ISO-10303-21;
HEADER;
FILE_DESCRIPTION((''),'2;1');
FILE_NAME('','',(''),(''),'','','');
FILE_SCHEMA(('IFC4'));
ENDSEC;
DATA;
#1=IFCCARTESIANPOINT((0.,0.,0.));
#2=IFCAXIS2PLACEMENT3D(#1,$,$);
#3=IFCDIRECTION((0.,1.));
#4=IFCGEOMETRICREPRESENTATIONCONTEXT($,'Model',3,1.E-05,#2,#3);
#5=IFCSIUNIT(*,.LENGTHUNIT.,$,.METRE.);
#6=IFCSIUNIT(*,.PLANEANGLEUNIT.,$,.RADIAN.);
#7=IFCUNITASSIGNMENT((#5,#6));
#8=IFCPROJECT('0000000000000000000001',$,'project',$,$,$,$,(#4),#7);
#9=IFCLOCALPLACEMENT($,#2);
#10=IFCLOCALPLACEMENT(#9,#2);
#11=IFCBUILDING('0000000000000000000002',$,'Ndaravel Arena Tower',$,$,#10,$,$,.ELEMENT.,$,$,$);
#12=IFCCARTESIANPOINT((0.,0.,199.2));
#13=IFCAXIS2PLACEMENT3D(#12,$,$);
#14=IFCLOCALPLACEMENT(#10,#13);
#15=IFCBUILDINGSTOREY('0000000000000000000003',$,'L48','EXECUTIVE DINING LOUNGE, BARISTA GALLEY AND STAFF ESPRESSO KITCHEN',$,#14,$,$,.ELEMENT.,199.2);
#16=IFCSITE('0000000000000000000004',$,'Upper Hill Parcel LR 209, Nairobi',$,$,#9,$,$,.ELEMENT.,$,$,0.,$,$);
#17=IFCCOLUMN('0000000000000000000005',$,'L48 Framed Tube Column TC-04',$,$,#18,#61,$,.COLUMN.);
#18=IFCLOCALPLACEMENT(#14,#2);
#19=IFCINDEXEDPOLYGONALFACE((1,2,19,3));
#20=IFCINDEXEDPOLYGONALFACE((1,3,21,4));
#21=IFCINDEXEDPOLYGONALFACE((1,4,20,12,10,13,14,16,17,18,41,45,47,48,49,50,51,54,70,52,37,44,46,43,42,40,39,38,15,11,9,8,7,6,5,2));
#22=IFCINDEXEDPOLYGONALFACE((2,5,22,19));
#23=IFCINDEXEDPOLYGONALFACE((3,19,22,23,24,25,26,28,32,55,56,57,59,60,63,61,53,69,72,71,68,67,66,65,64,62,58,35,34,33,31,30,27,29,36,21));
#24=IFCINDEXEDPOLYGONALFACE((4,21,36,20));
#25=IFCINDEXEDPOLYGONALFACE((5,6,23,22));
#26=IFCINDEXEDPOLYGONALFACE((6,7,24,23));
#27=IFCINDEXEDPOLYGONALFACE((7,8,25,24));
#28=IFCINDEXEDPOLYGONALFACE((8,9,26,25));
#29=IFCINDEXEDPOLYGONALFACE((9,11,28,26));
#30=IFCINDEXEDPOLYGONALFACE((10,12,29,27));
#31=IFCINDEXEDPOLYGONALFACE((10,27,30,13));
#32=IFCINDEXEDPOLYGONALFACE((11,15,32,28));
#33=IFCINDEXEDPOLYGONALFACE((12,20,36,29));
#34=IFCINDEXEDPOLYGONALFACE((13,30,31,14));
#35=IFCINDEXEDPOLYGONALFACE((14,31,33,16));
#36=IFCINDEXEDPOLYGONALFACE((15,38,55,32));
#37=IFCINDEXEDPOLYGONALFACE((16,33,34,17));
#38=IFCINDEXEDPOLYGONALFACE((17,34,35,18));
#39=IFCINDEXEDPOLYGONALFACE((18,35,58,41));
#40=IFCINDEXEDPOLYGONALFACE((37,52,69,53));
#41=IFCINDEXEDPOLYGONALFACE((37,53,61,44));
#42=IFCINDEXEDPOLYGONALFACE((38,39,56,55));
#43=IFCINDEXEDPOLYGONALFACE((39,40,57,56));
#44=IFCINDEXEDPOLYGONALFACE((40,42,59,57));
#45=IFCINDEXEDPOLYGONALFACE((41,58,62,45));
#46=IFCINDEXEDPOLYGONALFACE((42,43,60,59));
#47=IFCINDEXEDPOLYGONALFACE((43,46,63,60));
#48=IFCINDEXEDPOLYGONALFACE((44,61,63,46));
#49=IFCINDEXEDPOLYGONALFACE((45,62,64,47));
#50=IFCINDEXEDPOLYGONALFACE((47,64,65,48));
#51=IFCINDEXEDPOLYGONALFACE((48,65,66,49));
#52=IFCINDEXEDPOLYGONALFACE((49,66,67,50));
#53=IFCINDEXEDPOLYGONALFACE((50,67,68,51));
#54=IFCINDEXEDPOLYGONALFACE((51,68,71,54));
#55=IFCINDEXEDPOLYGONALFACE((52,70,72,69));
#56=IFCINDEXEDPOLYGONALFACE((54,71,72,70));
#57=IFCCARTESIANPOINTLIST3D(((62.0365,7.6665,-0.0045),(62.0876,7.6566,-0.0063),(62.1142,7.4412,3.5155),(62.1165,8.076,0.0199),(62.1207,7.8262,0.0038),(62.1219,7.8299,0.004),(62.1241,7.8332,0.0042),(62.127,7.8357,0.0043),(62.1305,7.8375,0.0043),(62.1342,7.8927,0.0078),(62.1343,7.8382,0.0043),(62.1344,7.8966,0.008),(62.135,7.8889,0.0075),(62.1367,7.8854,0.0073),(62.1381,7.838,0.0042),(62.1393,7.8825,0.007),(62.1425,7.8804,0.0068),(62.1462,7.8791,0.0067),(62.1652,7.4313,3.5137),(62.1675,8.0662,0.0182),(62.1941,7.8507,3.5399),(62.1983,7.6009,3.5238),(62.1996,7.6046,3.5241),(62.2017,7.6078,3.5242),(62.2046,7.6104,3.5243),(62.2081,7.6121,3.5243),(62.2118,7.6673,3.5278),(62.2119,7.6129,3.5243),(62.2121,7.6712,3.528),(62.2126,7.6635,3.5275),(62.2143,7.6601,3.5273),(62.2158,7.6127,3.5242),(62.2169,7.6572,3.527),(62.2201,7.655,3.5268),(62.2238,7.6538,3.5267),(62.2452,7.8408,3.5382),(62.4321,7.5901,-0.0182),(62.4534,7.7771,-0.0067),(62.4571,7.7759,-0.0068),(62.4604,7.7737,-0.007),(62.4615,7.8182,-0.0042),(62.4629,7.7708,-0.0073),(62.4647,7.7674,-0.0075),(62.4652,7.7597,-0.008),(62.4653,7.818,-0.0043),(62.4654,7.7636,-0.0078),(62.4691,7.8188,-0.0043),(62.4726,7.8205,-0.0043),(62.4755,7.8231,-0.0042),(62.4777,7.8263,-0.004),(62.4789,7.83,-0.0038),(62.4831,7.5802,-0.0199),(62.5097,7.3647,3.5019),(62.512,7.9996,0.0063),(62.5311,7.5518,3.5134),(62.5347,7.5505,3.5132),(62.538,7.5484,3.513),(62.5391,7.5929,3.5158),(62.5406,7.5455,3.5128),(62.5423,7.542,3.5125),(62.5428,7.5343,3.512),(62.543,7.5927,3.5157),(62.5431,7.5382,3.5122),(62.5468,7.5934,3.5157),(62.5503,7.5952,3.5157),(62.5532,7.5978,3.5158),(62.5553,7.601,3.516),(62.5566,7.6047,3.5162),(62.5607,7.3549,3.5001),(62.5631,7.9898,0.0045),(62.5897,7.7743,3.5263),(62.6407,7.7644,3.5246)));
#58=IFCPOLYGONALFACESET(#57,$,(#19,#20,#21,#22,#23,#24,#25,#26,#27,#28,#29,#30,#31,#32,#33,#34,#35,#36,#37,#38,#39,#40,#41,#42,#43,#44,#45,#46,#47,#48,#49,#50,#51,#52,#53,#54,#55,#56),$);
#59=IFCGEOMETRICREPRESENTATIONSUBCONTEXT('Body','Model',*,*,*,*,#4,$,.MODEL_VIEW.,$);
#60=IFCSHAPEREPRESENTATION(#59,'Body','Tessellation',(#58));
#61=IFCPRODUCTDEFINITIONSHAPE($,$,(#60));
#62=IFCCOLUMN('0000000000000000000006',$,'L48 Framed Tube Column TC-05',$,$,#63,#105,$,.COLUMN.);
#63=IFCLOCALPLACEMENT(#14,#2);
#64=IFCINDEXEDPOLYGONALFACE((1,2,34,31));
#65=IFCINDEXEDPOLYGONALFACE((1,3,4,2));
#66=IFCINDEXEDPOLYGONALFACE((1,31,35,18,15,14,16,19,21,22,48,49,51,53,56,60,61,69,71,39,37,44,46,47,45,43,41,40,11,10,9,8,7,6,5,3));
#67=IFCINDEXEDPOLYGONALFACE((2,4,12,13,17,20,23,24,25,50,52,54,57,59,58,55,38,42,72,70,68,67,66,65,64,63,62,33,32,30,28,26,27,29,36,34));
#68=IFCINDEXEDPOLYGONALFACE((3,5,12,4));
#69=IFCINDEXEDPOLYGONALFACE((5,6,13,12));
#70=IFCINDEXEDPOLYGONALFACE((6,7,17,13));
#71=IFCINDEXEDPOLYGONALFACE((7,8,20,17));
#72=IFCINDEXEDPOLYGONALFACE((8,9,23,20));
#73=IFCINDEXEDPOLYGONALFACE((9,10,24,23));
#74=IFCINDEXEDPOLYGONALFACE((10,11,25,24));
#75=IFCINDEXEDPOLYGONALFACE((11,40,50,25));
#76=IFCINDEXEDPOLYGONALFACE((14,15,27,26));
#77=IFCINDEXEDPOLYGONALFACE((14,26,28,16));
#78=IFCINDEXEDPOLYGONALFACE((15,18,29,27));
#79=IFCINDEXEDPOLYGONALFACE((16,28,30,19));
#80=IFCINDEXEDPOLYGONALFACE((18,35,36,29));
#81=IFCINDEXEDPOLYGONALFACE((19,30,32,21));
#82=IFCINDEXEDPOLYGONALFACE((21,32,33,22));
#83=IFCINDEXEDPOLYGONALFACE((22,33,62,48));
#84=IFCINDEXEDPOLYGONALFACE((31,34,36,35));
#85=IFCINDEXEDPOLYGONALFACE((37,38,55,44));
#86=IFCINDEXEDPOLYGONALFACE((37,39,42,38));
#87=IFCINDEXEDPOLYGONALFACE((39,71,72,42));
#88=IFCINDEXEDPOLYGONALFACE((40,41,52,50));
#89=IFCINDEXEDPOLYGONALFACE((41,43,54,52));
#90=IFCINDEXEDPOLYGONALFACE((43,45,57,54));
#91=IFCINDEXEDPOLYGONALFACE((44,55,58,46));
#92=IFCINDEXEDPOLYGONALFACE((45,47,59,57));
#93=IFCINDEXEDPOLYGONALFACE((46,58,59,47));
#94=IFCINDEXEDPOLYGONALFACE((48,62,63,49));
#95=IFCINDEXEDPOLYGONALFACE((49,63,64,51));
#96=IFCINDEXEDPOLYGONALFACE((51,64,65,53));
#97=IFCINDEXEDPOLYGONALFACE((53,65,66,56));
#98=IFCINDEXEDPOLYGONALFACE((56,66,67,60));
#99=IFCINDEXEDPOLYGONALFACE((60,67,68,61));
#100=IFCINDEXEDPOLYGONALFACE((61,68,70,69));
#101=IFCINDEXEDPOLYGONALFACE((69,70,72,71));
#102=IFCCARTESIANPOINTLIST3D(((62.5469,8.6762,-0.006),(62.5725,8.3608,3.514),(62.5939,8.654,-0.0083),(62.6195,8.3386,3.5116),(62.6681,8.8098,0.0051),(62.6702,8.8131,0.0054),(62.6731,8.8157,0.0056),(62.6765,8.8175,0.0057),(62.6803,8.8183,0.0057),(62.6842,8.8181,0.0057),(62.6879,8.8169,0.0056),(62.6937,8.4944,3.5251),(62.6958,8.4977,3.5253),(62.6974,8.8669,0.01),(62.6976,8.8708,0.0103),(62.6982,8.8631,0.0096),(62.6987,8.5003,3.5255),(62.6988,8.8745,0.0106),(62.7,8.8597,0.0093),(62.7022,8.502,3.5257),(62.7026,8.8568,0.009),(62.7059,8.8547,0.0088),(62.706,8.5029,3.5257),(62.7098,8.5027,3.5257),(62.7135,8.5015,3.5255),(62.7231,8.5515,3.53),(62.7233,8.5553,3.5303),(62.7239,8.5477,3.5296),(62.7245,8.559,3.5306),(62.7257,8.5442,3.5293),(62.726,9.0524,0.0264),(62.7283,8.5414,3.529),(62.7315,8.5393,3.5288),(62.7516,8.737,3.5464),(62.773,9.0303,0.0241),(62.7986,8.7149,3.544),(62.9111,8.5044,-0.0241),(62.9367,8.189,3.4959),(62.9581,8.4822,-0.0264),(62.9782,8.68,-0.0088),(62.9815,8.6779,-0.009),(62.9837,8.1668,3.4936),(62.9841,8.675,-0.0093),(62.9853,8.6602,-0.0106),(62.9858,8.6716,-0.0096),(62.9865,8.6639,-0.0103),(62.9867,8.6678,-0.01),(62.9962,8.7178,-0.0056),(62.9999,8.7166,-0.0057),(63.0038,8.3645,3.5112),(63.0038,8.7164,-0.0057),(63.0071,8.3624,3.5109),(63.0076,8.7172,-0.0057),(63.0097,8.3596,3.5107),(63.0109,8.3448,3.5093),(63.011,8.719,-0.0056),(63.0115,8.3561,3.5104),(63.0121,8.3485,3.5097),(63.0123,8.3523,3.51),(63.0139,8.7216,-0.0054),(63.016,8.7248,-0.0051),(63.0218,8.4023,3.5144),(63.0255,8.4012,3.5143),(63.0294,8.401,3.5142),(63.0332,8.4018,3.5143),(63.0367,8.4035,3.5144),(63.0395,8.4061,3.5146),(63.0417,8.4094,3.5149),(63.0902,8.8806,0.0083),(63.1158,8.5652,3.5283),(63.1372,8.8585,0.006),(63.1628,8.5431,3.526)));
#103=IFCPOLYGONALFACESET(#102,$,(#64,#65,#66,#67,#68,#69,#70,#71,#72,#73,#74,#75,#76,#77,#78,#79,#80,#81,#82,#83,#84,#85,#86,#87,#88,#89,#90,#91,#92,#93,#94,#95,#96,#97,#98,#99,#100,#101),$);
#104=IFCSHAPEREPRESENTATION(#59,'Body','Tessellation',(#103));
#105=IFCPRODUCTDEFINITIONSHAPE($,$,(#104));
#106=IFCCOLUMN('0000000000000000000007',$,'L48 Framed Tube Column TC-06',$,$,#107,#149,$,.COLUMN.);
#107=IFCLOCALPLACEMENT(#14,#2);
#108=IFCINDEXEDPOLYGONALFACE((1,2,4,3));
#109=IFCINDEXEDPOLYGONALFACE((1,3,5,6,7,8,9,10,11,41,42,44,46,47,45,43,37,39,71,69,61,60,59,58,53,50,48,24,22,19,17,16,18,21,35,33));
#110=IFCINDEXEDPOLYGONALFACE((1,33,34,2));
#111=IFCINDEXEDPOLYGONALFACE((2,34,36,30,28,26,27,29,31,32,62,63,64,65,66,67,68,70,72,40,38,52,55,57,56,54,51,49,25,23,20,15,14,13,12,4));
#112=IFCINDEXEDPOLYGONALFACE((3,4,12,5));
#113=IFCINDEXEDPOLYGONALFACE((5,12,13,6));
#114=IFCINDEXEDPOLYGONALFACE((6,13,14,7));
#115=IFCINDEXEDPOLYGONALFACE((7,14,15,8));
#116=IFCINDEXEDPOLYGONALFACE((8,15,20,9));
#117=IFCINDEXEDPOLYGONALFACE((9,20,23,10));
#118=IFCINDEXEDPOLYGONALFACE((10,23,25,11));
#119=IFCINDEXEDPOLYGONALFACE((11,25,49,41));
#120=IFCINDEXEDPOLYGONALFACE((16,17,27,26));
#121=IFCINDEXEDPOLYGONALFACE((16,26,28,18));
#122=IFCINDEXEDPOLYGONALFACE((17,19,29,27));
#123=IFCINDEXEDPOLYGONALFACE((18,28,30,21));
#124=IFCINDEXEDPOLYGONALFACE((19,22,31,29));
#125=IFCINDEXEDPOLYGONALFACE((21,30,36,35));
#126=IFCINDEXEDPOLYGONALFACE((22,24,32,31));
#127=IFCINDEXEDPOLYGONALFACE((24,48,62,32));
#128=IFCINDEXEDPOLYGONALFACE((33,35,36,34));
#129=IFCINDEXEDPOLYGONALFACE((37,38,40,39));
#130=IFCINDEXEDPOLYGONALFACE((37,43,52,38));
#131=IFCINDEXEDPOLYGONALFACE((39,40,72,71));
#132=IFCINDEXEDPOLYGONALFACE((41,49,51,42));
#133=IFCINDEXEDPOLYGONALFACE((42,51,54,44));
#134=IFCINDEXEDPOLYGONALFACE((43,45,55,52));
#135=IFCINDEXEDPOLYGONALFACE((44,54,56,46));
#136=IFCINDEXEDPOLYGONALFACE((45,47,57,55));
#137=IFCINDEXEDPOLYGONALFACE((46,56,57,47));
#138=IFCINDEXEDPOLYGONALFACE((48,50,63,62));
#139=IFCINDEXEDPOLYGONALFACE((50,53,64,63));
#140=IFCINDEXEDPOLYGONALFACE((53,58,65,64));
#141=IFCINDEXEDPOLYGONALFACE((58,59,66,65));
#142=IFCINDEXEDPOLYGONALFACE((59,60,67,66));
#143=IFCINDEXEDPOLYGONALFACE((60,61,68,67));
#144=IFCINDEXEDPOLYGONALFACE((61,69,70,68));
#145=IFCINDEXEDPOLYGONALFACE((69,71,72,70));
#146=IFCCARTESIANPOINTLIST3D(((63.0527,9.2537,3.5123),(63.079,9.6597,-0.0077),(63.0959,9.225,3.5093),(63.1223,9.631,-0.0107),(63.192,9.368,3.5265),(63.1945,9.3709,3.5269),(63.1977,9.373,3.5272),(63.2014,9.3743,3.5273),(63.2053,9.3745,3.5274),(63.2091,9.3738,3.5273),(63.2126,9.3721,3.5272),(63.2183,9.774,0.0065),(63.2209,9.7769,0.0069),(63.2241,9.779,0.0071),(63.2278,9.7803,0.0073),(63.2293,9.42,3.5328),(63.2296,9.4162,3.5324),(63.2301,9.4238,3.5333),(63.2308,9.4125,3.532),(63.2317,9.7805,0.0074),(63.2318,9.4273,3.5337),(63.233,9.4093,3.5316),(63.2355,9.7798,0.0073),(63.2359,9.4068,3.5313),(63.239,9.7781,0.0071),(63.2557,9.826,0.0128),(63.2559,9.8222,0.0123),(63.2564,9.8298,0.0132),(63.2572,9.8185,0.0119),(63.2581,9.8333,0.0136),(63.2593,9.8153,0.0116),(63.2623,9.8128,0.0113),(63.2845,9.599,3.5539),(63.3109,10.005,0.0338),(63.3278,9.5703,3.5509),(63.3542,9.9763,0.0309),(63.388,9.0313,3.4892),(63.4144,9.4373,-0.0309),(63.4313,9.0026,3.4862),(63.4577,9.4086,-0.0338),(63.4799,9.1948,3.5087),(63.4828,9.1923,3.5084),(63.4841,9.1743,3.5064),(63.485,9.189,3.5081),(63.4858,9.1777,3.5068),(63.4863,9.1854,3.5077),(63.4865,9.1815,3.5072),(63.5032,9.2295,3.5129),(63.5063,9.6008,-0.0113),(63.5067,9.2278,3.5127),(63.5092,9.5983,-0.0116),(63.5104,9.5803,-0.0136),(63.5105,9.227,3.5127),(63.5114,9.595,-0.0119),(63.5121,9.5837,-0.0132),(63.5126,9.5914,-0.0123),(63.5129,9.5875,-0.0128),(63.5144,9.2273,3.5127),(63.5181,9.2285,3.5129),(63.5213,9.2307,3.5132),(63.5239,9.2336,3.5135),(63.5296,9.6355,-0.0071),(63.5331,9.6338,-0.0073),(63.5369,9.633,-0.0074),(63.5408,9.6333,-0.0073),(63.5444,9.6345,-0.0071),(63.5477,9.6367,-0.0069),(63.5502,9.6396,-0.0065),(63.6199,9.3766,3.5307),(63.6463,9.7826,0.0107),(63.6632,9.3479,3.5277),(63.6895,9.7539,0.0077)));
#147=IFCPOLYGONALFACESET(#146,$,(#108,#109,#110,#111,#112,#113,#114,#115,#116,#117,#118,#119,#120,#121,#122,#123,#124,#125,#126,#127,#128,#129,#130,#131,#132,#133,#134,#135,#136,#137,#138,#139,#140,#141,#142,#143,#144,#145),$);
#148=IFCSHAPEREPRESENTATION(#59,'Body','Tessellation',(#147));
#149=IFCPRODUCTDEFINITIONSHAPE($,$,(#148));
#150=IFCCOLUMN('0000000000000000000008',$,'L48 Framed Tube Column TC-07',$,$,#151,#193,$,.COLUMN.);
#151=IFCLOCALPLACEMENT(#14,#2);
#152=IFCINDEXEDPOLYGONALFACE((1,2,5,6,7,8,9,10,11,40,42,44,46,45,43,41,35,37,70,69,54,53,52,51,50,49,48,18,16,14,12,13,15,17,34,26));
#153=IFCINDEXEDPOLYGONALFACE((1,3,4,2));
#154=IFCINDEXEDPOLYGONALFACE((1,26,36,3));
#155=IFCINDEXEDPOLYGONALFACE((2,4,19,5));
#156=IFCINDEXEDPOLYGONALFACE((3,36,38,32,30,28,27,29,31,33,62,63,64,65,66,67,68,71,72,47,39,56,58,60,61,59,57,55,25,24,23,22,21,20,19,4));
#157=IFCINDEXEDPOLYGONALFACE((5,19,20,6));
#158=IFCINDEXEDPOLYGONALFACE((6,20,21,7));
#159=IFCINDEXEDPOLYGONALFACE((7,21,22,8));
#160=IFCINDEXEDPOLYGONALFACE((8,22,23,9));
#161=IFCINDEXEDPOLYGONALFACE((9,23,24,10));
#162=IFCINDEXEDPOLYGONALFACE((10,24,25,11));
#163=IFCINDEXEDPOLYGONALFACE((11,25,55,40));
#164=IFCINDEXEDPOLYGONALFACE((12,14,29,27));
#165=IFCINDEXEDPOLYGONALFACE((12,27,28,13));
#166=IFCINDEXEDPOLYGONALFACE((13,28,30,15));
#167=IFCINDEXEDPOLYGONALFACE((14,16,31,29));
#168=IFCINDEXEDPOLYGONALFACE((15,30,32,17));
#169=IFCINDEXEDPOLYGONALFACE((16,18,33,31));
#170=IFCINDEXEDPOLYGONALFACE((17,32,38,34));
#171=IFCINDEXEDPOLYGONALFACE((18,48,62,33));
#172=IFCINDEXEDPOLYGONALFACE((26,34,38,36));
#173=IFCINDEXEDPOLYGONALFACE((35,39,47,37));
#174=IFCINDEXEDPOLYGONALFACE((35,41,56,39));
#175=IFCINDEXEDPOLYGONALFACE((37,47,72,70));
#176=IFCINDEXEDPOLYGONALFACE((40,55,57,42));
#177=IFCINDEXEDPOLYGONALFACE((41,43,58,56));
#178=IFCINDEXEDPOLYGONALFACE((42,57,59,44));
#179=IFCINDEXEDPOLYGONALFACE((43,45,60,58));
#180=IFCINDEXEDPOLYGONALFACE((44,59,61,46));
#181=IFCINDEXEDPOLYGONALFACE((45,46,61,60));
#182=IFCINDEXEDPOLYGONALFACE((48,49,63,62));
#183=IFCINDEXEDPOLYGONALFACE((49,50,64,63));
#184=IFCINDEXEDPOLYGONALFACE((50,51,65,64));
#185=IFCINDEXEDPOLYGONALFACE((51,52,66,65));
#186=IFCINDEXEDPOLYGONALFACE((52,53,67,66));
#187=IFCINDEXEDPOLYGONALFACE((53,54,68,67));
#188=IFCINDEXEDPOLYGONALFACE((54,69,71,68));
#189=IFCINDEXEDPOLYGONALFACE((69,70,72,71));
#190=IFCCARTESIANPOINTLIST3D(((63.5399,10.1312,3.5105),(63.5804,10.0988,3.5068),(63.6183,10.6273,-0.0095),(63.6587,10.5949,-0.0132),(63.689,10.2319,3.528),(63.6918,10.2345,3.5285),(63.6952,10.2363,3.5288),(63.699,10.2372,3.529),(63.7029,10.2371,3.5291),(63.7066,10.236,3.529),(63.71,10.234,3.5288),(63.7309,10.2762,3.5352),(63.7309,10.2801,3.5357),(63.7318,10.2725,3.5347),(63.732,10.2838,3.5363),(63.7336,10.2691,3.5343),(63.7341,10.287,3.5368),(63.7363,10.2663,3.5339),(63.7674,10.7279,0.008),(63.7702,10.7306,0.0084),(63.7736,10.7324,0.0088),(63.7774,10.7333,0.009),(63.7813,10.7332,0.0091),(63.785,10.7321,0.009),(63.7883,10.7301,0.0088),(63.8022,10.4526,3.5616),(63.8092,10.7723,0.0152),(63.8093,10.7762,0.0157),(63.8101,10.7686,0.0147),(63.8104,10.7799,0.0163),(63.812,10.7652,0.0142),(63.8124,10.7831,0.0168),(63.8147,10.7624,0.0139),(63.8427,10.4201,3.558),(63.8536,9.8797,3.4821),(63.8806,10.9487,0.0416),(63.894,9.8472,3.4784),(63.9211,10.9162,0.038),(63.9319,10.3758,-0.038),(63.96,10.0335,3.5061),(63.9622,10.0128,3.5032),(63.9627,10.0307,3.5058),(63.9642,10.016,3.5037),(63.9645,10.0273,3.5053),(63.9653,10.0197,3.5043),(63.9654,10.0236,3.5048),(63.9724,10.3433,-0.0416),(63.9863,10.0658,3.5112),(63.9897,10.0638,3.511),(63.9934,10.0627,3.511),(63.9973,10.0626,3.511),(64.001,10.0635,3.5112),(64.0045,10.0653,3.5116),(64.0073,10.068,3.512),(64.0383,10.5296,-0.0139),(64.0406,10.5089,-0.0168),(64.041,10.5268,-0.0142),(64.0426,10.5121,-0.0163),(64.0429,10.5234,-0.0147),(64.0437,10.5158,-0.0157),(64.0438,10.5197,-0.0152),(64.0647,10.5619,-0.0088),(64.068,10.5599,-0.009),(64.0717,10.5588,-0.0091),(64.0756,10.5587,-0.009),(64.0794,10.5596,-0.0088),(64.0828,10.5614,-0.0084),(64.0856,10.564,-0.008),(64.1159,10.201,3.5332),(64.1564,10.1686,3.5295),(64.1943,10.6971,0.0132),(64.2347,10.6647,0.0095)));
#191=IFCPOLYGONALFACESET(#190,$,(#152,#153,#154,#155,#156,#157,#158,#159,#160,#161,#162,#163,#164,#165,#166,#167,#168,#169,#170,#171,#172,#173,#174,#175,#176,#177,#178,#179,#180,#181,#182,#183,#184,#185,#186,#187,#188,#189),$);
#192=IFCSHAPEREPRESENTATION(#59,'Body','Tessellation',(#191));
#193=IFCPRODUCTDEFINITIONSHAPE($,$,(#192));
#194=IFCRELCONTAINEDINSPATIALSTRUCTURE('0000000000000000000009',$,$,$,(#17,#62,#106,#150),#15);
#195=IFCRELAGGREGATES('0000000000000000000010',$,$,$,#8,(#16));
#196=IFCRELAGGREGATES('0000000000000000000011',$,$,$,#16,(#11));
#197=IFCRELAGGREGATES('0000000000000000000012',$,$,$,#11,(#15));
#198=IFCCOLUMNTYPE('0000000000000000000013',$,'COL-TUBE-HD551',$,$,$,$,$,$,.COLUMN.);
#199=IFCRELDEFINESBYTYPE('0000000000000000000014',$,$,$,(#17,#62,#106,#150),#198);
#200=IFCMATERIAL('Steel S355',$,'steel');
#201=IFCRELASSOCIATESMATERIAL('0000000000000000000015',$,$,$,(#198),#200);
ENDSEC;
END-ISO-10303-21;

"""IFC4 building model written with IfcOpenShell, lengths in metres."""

from ifc_helpers import new_model, si_unit, direction, frame, origin, origin_2d, place, context, subcontext, project, spatial, i_section, extrude, material, material_profile, profile_set, type_object, element, save


model = new_model("IFC4")

# Units and contexts
model_context = context("Model", 3, precision=1e-05, world=origin(), true_north=direction((0.0, 1.0)))
body_context = subcontext(model_context, "Body", "Model", "MODEL_VIEW")
ifc_project = project(units=[si_unit("LENGTHUNIT", "METRE"), si_unit("PLANEANGLEUNIT", "RADIAN")], contexts=[model_context])

# Site, building, storey
site_placement = place(None, origin())
site = spatial("IfcSite", under=ifc_project, at=site_placement, Name="Upper Hill Parcel LR 209, Nairobi", CompositionType="ELEMENT", RefElevation=0.0)
building_placement = place(site_placement, origin())
building = spatial("IfcBuilding", under=site, at=building_placement, Name="Ndaravel Arena Tower", CompositionType="ELEMENT")
storey_placement = place(building_placement, frame((0.0, 0.0, 199.2)))
storey = spatial("IfcBuildingStorey", under=building, at=storey_placement, Name="L48", Description="EXECUTIVE DINING LOUNGE, BARISTA GALLEY AND STAFF ESPRESSO KITCHEN", CompositionType="ELEMENT", Elevation=199.2)

# Columns
ifc_material_1 = material(Name="Steel S355", Category="steel")
ifc_material_profile_1 = material_profile(ifc_material_1, i_section(OverallWidth=0.418, OverallDepth=0.4551, WebThickness=0.042, FlangeThickness=0.052, FilletRadius=0.0149, at=origin_2d()), Name="HD 400x551")
ifc_profile_set_1 = profile_set([ifc_material_profile_1], Name="Steel S355")
column_type = type_object("IfcColumnType", Name="COL-TUBE-HD551", PredefinedType="COLUMN", material=ifc_profile_set_1)
column_1_placement = place(storey_placement, frame((62.2998, 7.8281, 0.0), z_axis=(0.022005, -0.063871, 0.997716), x_axis=(0.191277, 0.979791, 0.058505)))
element("IfcColumn", 1, at=column_1_placement, inside=storey, type_object=column_type, Name="L48 Framed Tube Column TC-04", PredefinedType="COLUMN", context=body_context, shape_type="SweptSolid", body=[
    extrude(i_section(OverallWidth=0.418, OverallDepth=0.4551, WebThickness=0.042, FlangeThickness=0.052, FilletRadius=0.0149, at=origin_2d()), origin(), (0.0, 0.0, 1.0), 3.5281),
])
column_2_placement = place(storey_placement, frame((62.842, 8.7673, 0.0), z_axis=(0.007253, -0.08925, 0.995983), x_axis=(0.428489, 0.900213, 0.077548)))
element("IfcColumn", 2, at=column_2_placement, inside=storey, type_object=column_type, Name="L48 Framed Tube Column TC-05", PredefinedType="COLUMN", context=body_context, shape_type="SweptSolid", body=[
    extrude(i_section(OverallWidth=0.418, OverallDepth=0.4551, WebThickness=0.042, FlangeThickness=0.052, FilletRadius=0.0149, at=origin_2d()), origin(), (0.0, 0.0, 1.0), 3.5342),
])
column_3_placement = place(storey_placement, frame((63.3843, 9.7068, 0.0), z_axis=(-0.007441, -0.114579, 0.993386), x_axis=(0.554702, 0.826086, 0.099437)))
element("IfcColumn", 3, at=column_3_placement, inside=storey, type_object=column_type, Name="L48 Framed Tube Column TC-06", PredefinedType="COLUMN", context=body_context, shape_type="SweptSolid", body=[
    extrude(i_section(OverallWidth=0.418, OverallDepth=0.4551, WebThickness=0.042, FlangeThickness=0.052, FilletRadius=0.0149, at=origin_2d()), origin(), (0.0, 0.0, 1.0), 3.5435),
])
column_4_placement = place(storey_placement, frame((63.9265, 10.646, 0.0), z_axis=(-0.022041, -0.139522, 0.989974), x_axis=(0.627653, 0.768822, 0.122328)))
element("IfcColumn", 4, at=column_4_placement, inside=storey, type_object=column_type, Name="L48 Framed Tube Column TC-07", PredefinedType="COLUMN", context=body_context, shape_type="SweptSolid", body=[
    extrude(i_section(OverallWidth=0.418, OverallDepth=0.4551, WebThickness=0.042, FlangeThickness=0.052, FilletRadius=0.0149, at=origin_2d()), origin(), (0.0, 0.0, 1.0), 3.5557),
])

save(model, "model.ifc")
